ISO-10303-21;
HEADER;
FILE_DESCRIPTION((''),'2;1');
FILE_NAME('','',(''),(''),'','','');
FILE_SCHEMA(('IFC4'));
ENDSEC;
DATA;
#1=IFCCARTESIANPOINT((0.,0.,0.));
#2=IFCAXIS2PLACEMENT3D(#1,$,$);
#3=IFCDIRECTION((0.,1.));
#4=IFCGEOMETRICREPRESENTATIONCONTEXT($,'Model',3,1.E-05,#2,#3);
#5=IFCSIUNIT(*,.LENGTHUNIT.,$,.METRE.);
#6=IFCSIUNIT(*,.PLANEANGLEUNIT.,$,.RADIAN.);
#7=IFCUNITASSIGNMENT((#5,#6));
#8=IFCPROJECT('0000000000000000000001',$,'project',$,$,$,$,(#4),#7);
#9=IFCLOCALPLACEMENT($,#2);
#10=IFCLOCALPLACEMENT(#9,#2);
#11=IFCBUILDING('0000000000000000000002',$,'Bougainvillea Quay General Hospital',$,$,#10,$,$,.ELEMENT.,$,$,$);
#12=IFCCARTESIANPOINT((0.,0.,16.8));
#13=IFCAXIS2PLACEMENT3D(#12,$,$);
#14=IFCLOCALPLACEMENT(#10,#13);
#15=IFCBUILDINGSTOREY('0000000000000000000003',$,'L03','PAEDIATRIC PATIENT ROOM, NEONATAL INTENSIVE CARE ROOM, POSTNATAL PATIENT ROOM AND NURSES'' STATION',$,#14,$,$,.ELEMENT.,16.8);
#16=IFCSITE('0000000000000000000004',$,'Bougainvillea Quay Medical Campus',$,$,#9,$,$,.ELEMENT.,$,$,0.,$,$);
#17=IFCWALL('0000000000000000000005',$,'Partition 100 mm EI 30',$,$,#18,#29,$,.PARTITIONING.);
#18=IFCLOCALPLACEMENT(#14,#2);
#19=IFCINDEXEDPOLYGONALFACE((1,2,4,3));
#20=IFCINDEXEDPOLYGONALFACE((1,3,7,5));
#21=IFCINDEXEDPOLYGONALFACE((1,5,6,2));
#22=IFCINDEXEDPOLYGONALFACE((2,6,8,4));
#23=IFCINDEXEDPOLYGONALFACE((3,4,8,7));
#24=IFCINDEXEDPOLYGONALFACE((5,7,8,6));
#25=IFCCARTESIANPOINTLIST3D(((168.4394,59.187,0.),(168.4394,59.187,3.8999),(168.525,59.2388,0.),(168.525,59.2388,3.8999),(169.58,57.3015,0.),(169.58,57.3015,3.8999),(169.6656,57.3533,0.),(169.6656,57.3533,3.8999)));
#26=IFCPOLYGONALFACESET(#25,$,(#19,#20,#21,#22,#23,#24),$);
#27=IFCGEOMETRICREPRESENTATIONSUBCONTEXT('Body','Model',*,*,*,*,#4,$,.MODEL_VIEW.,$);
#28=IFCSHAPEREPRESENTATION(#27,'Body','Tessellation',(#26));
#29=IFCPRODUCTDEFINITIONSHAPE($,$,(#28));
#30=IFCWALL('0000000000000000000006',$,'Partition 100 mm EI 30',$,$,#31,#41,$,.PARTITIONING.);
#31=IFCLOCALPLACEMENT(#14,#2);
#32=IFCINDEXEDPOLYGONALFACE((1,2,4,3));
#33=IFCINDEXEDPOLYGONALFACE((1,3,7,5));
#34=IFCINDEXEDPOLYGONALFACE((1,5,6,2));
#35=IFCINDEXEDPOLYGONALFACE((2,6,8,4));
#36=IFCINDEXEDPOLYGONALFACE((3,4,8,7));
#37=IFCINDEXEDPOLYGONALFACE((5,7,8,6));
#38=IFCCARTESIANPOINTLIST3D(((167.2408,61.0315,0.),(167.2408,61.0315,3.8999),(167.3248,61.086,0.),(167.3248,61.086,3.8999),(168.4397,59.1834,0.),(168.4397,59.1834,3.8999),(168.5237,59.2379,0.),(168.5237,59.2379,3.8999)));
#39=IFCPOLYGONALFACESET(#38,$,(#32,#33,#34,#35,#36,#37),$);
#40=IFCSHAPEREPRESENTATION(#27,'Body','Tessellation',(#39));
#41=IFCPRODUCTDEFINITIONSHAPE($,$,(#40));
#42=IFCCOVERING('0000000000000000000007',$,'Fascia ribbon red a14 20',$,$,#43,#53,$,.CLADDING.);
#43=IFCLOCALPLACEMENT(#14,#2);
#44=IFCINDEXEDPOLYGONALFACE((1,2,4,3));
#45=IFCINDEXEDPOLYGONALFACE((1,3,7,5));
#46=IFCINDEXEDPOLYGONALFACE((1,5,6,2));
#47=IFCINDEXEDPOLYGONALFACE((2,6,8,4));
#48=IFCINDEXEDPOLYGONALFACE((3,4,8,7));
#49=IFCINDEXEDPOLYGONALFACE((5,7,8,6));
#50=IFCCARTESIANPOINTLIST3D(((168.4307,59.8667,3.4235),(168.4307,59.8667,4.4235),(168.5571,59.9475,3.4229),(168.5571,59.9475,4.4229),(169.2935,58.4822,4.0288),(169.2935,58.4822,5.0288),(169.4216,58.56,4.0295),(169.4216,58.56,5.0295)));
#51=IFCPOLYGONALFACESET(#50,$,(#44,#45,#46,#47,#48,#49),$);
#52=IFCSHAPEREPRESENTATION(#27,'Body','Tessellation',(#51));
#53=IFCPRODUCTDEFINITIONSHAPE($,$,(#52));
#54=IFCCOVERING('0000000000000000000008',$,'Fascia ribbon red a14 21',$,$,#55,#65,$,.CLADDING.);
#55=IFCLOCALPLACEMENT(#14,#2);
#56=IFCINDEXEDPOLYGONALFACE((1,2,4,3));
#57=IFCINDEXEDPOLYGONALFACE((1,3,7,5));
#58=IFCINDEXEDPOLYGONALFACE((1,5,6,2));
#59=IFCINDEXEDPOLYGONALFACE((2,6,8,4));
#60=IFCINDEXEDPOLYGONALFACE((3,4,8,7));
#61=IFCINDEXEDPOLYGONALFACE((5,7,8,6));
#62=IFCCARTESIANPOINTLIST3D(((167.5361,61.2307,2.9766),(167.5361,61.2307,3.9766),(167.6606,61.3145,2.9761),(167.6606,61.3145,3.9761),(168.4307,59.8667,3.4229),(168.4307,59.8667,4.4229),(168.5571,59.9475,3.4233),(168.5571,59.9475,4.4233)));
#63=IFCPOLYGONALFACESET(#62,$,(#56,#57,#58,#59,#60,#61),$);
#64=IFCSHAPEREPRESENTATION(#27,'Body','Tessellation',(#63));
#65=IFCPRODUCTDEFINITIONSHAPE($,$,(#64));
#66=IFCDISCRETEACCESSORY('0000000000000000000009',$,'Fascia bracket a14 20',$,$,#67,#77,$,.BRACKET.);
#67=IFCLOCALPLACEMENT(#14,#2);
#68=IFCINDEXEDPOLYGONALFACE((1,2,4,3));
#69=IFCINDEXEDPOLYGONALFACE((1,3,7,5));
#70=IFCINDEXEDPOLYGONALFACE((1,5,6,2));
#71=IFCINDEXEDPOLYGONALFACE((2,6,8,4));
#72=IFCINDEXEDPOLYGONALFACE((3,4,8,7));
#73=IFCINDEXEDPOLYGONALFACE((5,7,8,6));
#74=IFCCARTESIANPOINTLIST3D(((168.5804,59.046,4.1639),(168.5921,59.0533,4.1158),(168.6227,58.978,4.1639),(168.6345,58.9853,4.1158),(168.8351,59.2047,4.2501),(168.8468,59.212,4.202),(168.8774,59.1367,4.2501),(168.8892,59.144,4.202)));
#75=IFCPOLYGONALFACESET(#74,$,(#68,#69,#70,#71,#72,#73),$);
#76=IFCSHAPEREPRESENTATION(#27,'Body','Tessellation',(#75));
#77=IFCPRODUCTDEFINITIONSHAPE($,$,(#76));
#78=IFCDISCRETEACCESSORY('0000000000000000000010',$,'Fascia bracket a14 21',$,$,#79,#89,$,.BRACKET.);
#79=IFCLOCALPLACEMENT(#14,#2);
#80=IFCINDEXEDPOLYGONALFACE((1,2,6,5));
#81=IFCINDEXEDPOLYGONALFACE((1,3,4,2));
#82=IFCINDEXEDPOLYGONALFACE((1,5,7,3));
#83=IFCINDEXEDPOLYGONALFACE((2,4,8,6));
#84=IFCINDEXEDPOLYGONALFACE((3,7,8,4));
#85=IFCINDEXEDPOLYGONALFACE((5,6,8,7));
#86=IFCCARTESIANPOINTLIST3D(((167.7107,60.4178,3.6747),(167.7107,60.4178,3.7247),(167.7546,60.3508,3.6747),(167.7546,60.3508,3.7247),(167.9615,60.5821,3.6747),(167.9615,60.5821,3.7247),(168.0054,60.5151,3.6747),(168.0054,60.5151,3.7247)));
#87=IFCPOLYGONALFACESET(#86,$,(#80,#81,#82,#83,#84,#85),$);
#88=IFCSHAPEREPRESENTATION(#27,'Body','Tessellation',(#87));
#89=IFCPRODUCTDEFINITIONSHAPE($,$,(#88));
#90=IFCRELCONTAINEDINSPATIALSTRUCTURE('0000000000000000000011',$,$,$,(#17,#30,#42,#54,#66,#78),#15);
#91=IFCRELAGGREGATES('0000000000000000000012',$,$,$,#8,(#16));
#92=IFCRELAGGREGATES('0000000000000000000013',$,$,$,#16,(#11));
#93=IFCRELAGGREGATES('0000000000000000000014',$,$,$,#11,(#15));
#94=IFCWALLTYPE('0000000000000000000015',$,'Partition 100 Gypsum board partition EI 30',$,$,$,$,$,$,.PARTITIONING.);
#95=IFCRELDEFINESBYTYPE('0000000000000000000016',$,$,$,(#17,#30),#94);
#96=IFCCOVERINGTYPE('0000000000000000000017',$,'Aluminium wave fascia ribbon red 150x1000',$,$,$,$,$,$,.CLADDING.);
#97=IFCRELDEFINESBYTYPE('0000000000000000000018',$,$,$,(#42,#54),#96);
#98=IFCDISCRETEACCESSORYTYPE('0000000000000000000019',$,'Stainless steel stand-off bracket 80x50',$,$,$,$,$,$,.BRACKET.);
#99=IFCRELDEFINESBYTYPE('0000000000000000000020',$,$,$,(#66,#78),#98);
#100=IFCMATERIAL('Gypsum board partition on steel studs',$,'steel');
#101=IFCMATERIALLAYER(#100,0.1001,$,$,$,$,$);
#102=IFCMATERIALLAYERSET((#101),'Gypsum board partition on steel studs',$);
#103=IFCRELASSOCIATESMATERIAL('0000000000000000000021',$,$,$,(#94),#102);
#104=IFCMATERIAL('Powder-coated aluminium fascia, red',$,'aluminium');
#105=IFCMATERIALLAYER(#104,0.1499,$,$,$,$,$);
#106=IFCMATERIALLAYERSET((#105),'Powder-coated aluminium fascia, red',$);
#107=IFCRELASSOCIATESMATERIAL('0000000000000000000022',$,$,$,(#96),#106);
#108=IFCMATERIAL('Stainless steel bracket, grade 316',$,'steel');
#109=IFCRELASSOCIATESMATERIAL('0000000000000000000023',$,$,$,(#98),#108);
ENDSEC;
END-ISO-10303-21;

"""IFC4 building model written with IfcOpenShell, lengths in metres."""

from ifc_helpers import new_model, si_unit, direction, frame, frame_2d, origin, origin_2d, place, context, subcontext, project, spatial, polyline, rectangle, outline, extrude, material, layer, layer_set, material_profile, profile_set, type_object, element, save


model = new_model("IFC4")

# Units and contexts
model_context = context("Model", 3, precision=1e-05, world=origin(), true_north=direction((0.0, 1.0)))
body_context = subcontext(model_context, "Body", "Model", "MODEL_VIEW")
ifc_project = project(units=[si_unit("LENGTHUNIT", "METRE"), si_unit("PLANEANGLEUNIT", "RADIAN")], contexts=[model_context])

# Site, building, storey
site_placement = place(None, origin())
site = spatial("IfcSite", under=ifc_project, at=site_placement, Name="Bougainvillea Quay Medical Campus", CompositionType="ELEMENT", RefElevation=0.0)
building_placement = place(site_placement, origin())
building = spatial("IfcBuilding", under=site, at=building_placement, Name="Bougainvillea Quay General Hospital", CompositionType="ELEMENT")
storey_placement = place(building_placement, frame((0.0, 0.0, 16.8)))
storey = spatial("IfcBuildingStorey", under=building, at=storey_placement, Name="L03", Description="PAEDIATRIC PATIENT ROOM, NEONATAL INTENSIVE CARE ROOM, POSTNATAL PATIENT ROOM AND NURSES' STATION", CompositionType="ELEMENT", Elevation=16.8)

# Walls
ifc_material_1 = material(Name="Gypsum board partition on steel studs", Category="steel")
ifc_layer_1 = layer(ifc_material_1, 0.1001)
ifc_layer_set_1 = layer_set([ifc_layer_1], Name="Gypsum board partition on steel studs")
wall_type = type_object("IfcWallType", Name="Partition 100 Gypsum board partition EI 30", PredefinedType="PARTITIONING", material=ifc_layer_set_1)
wall_1_placement = place(storey_placement, frame((168.4822, 59.2129, 0.0), z_axis=(0.0, 0.0, 1.0), x_axis=(0.517604, -0.85562, 0.0)))
element("IfcWall", 1, at=wall_1_placement, inside=storey, type_object=wall_type, Name="Partition 100 mm EI 30", PredefinedType="PARTITIONING", context=body_context, shape_type="SweptSolid", body=[
    extrude(rectangle(XDim=2.2036, YDim=0.1001, at=frame_2d((1.1018, 0.0))), origin(), (0.0, 0.0, 1.0), 3.8999),
])
wall_2_placement = place(storey_placement, frame((167.2827, 61.0588, 0.0), z_axis=(0.0, 0.0, 1.0), x_axis=(0.544248, -0.838924, 0.0)))
element("IfcWall", 2, at=wall_2_placement, inside=storey, type_object=wall_type, Name="Partition 100 mm EI 30", PredefinedType="PARTITIONING", context=body_context, shape_type="SweptSolid", body=[
    extrude(rectangle(XDim=2.2029, YDim=0.1001, at=frame_2d((1.1016, 0.0))), origin(), (0.0, 0.0, 1.0), 3.8999),
])

# Coverings
ifc_material_2 = material(Name="Powder-coated aluminium fascia, red", Category="aluminium")
ifc_layer_2 = layer(ifc_material_2, 0.1499)
ifc_layer_set_2 = layer_set([ifc_layer_2], Name="Powder-coated aluminium fascia, red")
covering_type = type_object("IfcCoveringType", Name="Aluminium wave fascia ribbon red 150x1000", PredefinedType="CLADDING", material=ifc_layer_set_2)
covering_1_placement = place(storey_placement, frame((169.2935, 58.4822, 4.0288), z_axis=(-0.183995, 0.295242, 0.937538), x_axis=(-0.495847, 0.795684, -0.347882)))
element("IfcCovering", 3, at=covering_1_placement, inside=storey, type_object=covering_type, Name="Fascia ribbon red a14 20", PredefinedType="CLADDING", context=body_context, shape_type="SweptSolid", body=[
    extrude(outline(polyline([(0.0, 0.0), (1.74, 0.0), (1.7418, -0.1501), (-0.0018, -0.15), (0.0, 0.0)])), origin(), (-0.347882, -0.000007, 0.937538), 1.0),
])
covering_2_placement = place(storey_placement, frame((168.4307, 59.8667, 3.4229), z_axis=(-0.144699, 0.220699, 0.964549), x_axis=(-0.528957, 0.806572, -0.263905)))
element("IfcCovering", 4, at=covering_2_placement, inside=storey, type_object=covering_type, Name="Fascia ribbon red a14 21", PredefinedType="CLADDING", context=body_context, shape_type="SweptSolid", body=[
    extrude(outline(polyline([(0.0, 0.0), (1.6911, 0.0), (1.6929, -0.15), (-0.0018, -0.1501), (0.0, 0.0)])), origin(), (-0.263905, 0.00003, 0.964549), 1.0),
])

# Discrete accessories
ifc_material_3 = material(Name="Stainless steel bracket, grade 316", Category="steel")
ifc_material_profile_1 = material_profile(ifc_material_3, rectangle(XDim=0.0801, YDim=0.05, at=origin_2d()))
ifc_profile_set_1 = profile_set([ifc_material_profile_1], Name="Stainless steel bracket, grade 316")
discrete_accessory_type = type_object("IfcDiscreteAccessoryType", Name="Stainless steel stand-off bracket 80x50", PredefinedType="BRACKET", material=ifc_profile_set_1)
discrete_accessory_1_placement = place(storey_placement, frame((168.6074, 59.0156, 4.1399), z_axis=(0.815701, 0.508347, 0.276071), x_axis=(-0.528901, 0.848683, 0.0)))
element("IfcDiscreteAccessory", 5, at=discrete_accessory_1_placement, inside=storey, type_object=discrete_accessory_type, Name="Fascia bracket a14 20", PredefinedType="BRACKET", context=body_context, shape_type="SweptSolid", body=[
    extrude(rectangle(XDim=0.0801, YDim=0.05, at=origin_2d()), origin(), (0.0, 0.0, 1.0), 0.3123),
])
discrete_accessory_2_placement = place(storey_placement, frame((167.7327, 60.3843, 3.6997), z_axis=(0.83641, 0.548105, 0.0), x_axis=(-0.548105, 0.83641, 0.0)))
element("IfcDiscreteAccessory", 6, at=discrete_accessory_2_placement, inside=storey, type_object=discrete_accessory_type, Name="Fascia bracket a14 21", PredefinedType="BRACKET", context=body_context, shape_type="SweptSolid", body=[
    extrude(rectangle(XDim=0.0801, YDim=0.05, at=origin_2d()), origin(), (0.0, 0.0, 1.0), 0.2998),
])

save(model, "model.ifc")
